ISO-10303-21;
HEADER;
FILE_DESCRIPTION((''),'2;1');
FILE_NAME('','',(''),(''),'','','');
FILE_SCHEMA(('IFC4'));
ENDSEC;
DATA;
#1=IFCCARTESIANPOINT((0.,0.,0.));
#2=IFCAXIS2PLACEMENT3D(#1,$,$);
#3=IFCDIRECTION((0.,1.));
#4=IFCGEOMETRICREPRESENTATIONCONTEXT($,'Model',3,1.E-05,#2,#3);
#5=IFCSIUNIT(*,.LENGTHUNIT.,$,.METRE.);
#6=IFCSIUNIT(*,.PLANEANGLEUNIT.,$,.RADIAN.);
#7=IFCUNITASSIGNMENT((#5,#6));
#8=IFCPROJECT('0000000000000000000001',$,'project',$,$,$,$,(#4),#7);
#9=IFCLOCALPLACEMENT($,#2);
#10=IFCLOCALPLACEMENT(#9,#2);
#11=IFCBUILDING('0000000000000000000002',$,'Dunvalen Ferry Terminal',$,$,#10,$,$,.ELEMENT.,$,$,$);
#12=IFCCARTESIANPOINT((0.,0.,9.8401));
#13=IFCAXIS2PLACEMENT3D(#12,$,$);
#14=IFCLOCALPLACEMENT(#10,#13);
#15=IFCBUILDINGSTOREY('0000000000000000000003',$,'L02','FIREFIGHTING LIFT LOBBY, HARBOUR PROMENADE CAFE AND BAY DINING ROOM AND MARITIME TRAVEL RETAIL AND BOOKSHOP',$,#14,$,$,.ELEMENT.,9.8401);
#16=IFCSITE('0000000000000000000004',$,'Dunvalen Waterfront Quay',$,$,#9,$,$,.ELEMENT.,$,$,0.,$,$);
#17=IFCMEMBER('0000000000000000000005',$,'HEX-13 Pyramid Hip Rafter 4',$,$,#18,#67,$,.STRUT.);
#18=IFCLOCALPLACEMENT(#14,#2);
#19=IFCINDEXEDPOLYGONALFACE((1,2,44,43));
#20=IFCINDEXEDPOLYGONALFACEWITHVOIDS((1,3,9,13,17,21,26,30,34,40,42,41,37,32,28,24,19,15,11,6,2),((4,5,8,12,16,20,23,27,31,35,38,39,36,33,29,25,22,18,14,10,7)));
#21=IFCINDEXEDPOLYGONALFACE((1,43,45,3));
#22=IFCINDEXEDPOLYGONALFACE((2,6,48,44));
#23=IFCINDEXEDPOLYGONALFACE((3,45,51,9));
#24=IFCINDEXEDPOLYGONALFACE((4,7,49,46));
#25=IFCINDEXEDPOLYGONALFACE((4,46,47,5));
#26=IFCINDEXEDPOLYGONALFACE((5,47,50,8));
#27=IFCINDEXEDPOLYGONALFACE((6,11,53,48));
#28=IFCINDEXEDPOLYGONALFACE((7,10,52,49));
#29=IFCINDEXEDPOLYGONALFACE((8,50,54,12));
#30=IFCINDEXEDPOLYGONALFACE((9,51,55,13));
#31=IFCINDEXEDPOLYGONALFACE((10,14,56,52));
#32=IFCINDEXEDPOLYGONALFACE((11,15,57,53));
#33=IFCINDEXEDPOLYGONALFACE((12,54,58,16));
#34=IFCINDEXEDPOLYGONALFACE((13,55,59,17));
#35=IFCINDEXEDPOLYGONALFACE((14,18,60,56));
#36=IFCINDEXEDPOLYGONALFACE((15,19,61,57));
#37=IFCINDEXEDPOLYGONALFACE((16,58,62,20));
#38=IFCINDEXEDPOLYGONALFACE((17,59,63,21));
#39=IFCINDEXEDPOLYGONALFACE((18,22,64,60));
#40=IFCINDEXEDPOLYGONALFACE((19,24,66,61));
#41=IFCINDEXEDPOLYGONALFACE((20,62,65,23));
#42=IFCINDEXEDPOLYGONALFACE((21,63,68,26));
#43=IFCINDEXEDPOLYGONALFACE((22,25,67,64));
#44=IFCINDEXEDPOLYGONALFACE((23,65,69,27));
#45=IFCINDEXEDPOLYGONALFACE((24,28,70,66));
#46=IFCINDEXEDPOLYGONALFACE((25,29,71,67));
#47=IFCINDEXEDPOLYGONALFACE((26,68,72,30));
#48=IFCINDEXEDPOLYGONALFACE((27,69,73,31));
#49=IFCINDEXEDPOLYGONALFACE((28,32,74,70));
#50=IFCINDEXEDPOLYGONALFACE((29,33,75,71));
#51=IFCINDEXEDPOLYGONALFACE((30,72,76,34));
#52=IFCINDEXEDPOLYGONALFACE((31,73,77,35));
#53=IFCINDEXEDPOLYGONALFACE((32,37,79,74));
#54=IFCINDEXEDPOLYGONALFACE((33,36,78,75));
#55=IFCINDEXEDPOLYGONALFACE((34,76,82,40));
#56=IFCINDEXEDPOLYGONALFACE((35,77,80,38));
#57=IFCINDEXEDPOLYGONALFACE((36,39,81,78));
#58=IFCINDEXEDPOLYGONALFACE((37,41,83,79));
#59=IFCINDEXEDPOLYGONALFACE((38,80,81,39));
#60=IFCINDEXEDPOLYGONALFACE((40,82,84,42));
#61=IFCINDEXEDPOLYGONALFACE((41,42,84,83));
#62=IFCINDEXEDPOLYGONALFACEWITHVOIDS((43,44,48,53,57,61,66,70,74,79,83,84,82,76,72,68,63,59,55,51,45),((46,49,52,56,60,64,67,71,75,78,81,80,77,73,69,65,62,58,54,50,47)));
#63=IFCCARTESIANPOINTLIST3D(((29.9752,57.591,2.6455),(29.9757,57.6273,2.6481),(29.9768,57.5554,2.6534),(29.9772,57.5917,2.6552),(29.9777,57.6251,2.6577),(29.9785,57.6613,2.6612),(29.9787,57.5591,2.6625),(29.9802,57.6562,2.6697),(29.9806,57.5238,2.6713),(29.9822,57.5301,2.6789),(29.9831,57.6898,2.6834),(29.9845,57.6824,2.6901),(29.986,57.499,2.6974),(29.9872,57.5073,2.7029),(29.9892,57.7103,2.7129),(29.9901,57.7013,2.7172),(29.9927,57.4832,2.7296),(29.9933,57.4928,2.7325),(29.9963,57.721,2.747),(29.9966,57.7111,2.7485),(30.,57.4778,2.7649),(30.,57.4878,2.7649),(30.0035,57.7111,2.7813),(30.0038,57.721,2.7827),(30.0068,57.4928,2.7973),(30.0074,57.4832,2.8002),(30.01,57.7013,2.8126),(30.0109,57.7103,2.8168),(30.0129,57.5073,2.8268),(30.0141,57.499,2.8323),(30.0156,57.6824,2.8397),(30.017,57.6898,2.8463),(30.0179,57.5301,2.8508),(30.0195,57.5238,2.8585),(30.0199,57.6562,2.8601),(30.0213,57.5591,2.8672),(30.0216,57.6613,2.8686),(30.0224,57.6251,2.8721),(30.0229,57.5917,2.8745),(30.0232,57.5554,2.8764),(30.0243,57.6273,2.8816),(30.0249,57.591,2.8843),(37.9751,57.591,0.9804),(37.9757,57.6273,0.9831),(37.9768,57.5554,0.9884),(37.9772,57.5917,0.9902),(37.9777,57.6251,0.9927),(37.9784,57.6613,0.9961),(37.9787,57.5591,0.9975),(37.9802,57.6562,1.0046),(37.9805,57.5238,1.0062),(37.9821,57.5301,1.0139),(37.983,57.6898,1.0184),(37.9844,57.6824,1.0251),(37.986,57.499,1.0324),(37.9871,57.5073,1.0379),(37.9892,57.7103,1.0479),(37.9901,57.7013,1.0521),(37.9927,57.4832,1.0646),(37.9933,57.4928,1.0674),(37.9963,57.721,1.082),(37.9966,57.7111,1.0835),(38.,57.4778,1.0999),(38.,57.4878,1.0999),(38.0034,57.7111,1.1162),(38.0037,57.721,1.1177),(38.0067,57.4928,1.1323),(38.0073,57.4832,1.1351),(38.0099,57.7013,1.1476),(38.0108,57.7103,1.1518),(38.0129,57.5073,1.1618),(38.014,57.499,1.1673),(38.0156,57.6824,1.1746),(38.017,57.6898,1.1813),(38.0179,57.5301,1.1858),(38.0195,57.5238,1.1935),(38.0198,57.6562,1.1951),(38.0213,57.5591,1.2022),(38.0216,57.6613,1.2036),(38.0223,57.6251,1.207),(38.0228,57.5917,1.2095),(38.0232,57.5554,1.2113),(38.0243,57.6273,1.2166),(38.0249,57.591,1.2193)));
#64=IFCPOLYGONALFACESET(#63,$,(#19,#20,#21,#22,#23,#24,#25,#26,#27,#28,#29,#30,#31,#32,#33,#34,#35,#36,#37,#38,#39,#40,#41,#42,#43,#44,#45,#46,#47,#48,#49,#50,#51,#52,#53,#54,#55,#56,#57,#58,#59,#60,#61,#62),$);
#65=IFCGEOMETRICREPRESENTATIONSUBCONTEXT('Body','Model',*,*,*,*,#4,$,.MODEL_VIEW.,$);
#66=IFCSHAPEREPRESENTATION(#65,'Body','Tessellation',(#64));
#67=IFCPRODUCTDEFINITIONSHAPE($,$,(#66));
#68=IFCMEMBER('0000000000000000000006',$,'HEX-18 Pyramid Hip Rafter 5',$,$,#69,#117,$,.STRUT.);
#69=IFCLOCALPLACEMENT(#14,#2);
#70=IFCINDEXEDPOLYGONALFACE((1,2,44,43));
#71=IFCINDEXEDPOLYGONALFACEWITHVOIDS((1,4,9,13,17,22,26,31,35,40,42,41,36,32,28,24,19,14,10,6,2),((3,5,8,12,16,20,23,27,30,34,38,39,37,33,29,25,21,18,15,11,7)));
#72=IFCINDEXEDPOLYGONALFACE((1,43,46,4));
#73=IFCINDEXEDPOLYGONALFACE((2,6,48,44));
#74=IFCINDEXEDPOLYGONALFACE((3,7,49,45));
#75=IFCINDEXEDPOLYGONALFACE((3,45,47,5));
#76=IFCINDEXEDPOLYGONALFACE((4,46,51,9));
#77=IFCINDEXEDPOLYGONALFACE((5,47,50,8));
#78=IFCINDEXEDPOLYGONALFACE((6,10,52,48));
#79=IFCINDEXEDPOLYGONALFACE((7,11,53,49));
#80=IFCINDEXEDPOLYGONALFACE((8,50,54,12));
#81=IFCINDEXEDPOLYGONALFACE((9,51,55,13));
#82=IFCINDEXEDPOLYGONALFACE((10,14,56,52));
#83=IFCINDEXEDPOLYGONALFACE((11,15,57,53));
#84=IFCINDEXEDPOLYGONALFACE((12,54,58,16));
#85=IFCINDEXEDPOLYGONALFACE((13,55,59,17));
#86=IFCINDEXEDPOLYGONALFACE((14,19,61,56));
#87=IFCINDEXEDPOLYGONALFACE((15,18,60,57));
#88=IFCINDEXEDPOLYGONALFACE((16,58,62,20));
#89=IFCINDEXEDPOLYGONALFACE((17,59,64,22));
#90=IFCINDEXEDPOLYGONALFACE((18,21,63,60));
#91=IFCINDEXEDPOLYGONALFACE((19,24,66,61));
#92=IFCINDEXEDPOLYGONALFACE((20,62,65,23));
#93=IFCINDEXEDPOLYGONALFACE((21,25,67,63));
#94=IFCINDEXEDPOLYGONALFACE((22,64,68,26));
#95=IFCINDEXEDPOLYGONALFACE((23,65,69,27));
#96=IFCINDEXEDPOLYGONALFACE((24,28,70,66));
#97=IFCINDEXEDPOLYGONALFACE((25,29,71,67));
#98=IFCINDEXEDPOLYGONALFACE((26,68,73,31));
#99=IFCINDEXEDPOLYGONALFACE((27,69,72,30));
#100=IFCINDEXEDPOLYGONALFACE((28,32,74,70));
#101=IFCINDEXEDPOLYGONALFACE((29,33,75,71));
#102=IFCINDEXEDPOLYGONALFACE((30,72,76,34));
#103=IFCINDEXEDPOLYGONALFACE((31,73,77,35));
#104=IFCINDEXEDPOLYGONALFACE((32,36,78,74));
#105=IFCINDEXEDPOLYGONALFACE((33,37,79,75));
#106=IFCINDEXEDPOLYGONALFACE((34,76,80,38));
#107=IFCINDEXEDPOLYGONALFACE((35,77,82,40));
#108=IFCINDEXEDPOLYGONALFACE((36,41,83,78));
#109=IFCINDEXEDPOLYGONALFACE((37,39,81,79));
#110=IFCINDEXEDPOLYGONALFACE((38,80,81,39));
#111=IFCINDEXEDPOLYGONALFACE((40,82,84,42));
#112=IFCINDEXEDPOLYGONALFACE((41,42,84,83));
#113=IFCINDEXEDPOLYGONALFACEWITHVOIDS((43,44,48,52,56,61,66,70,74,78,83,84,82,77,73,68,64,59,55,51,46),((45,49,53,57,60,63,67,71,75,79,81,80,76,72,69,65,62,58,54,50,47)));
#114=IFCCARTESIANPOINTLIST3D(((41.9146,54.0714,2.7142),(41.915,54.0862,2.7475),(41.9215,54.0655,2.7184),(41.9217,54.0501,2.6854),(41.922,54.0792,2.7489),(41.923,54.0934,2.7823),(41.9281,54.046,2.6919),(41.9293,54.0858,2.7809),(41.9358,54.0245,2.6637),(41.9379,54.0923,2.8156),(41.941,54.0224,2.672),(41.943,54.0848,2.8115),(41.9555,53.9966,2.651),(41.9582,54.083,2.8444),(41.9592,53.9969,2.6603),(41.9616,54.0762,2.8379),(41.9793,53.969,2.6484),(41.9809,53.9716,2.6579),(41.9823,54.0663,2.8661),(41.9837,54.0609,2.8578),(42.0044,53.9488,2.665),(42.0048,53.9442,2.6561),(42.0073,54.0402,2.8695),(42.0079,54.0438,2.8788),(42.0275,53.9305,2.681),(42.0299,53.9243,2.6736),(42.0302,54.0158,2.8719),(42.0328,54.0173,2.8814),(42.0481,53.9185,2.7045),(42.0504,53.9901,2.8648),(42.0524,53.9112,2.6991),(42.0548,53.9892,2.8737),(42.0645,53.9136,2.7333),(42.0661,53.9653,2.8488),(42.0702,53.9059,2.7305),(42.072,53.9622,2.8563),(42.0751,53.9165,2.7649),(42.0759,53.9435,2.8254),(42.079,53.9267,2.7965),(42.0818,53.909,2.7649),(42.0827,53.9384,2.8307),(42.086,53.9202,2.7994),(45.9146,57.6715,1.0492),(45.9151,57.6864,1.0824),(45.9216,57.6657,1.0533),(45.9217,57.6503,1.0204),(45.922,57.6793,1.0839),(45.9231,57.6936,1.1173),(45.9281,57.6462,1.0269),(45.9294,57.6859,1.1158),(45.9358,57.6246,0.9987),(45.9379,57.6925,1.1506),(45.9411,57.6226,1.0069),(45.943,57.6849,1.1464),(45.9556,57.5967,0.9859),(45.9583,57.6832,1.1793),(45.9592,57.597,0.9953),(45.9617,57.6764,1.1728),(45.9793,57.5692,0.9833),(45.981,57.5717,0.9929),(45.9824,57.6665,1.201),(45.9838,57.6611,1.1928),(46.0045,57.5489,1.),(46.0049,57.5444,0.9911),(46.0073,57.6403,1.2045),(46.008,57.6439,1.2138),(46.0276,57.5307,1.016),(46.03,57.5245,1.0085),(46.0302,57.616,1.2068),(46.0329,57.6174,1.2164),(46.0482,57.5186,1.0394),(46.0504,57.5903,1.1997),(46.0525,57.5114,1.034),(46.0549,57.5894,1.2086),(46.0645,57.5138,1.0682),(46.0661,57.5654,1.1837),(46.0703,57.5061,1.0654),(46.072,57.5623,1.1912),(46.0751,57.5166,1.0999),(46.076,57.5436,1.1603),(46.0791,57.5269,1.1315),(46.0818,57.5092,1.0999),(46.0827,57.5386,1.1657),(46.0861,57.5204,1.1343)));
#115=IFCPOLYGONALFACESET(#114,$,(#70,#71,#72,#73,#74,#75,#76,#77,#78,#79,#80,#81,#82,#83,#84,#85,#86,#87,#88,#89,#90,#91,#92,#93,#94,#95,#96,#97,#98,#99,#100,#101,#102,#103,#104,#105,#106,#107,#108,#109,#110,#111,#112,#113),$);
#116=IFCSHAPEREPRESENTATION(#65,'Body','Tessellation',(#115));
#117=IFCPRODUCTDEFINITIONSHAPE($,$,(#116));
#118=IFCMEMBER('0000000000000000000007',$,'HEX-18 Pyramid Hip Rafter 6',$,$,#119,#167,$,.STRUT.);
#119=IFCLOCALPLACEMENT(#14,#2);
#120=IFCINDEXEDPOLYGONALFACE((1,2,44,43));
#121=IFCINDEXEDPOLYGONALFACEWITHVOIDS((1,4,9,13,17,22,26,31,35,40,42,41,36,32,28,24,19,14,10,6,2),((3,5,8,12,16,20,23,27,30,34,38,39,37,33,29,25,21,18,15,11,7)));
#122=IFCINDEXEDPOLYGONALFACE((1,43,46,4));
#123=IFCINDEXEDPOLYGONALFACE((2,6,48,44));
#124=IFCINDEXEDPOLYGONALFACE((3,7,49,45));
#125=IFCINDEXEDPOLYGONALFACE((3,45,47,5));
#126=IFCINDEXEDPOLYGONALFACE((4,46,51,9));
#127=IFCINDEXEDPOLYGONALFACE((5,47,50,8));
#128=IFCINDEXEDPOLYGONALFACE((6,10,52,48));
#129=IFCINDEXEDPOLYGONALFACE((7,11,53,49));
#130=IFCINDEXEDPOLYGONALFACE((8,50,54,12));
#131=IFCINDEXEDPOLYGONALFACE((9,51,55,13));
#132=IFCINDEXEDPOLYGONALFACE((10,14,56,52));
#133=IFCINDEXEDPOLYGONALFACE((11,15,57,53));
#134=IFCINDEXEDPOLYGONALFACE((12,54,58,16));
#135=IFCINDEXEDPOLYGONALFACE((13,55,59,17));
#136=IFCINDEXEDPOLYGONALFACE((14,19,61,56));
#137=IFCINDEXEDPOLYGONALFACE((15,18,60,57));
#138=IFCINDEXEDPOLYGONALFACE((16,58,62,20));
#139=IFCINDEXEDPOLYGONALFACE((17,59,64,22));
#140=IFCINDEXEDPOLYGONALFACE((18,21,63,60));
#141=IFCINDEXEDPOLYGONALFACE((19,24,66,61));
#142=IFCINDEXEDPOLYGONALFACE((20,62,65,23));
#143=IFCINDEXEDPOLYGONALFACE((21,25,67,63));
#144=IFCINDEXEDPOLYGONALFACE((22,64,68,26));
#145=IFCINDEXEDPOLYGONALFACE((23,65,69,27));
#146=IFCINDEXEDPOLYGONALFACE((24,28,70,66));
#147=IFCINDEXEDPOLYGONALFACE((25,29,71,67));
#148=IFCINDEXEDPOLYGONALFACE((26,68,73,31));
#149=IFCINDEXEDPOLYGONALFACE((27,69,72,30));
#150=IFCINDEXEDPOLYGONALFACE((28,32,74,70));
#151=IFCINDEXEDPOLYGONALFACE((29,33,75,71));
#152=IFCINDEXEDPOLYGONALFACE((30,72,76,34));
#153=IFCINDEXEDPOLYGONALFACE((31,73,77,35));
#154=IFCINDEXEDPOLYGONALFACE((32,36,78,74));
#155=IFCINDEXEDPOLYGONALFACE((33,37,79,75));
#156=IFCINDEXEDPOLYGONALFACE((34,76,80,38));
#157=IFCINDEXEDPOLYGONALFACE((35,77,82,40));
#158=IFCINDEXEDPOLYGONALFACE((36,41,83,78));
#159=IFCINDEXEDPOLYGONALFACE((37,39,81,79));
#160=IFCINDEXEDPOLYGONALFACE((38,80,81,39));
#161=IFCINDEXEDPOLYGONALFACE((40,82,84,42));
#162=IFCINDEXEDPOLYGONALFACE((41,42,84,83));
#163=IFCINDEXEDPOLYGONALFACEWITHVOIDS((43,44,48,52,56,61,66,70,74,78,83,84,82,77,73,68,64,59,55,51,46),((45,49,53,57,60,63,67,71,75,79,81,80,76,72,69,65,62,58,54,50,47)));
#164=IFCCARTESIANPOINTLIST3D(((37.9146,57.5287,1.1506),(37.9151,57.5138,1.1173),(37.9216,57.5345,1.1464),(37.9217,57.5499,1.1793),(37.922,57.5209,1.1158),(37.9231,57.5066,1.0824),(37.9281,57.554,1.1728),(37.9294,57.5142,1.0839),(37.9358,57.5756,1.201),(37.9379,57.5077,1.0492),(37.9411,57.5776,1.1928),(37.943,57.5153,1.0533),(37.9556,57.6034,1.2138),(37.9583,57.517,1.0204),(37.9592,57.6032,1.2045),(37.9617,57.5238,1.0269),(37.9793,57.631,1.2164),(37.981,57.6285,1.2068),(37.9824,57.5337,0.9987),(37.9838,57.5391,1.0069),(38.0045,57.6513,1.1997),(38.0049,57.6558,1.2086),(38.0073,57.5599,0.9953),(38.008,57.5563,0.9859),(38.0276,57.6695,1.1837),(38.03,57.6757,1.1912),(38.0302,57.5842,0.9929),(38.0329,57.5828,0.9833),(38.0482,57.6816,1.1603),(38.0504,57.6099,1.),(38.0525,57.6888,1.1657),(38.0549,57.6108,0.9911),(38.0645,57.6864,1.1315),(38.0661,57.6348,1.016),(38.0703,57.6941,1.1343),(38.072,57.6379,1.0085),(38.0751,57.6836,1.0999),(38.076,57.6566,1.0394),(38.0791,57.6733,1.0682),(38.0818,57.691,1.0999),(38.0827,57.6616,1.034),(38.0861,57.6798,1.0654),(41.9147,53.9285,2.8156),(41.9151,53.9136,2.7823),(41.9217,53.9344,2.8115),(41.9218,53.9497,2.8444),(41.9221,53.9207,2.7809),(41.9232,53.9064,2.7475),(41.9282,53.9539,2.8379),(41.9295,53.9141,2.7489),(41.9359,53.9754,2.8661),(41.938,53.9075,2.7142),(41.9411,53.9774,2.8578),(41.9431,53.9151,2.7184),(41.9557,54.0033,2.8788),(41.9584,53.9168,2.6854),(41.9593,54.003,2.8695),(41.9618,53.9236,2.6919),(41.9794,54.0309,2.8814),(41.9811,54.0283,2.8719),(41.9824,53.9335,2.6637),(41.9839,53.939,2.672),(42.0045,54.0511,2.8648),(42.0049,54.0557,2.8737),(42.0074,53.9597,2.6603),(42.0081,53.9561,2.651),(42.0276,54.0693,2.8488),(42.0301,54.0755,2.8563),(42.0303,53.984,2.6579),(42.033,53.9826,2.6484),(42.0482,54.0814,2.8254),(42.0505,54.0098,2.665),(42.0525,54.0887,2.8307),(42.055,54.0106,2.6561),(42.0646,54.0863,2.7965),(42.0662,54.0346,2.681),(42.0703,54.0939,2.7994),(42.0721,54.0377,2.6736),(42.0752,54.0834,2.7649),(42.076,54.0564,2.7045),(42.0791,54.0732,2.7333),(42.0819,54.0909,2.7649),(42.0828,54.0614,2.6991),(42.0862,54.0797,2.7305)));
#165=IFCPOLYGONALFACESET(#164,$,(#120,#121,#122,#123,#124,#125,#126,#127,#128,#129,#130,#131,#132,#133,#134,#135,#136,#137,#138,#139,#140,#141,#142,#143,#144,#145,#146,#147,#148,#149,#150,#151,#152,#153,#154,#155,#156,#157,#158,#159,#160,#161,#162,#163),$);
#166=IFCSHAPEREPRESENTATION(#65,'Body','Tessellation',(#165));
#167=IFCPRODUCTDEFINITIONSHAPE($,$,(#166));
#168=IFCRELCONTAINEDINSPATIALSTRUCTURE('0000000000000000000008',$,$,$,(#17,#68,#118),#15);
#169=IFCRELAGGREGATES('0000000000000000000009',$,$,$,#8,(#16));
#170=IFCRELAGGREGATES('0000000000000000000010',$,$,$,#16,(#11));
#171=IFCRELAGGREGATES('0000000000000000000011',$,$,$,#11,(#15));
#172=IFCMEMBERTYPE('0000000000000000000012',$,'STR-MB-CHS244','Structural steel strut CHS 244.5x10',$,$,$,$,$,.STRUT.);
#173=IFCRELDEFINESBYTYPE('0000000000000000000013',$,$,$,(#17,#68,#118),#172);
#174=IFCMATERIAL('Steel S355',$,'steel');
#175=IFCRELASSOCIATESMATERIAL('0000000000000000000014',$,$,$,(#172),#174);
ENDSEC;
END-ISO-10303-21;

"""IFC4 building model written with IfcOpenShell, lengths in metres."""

from ifc_helpers import new_model, si_unit, direction, frame, origin, origin_2d, place, context, subcontext, project, spatial, hollow_circle, extrude, material, material_profile, profile_set, type_object, element, save


model = new_model("IFC4")

# Units and contexts
model_context = context("Model", 3, precision=1e-05, world=origin(), true_north=direction((0.0, 1.0)))
body_context = subcontext(model_context, "Body", "Model", "MODEL_VIEW")
ifc_project = project(units=[si_unit("LENGTHUNIT", "METRE"), si_unit("PLANEANGLEUNIT", "RADIAN")], contexts=[model_context])

# Site, building, storey
site_placement = place(None, origin())
site = spatial("IfcSite", under=ifc_project, at=site_placement, Name="Dunvalen Waterfront Quay", CompositionType="ELEMENT", RefElevation=0.0)
building_placement = place(site_placement, origin())
building = spatial("IfcBuilding", under=site, at=building_placement, Name="Dunvalen Ferry Terminal", CompositionType="ELEMENT")
storey_placement = place(building_placement, frame((0.0, 0.0, 9.8401)))
storey = spatial("IfcBuildingStorey", under=building, at=storey_placement, Name="L02", Description="FIREFIGHTING LIFT LOBBY, HARBOUR PROMENADE CAFE AND BAY DINING ROOM AND MARITIME TRAVEL RETAIL AND BOOKSHOP", CompositionType="ELEMENT", Elevation=9.8401)

# Shared definitions
ifc_material_1 = material(Name="Steel S355", Category="steel")

# Members
ifc_material_profile_1 = material_profile(ifc_material_1, hollow_circle(Radius=0.1223, WallThickness=0.01, at=origin_2d()), Name="Steel S355")
ifc_profile_set_1 = profile_set([ifc_material_profile_1], Name="Steel S355")
member_type_1 = type_object("IfcMemberType", Name="STR-MB-CHS244", Description="Structural steel strut CHS 244.5x10", PredefinedType="STRUT", material=ifc_profile_set_1)
member_1_placement = place(storey_placement, frame((38.0, 57.6001, 1.0999), z_axis=(-0.97902, 0.0, 0.203763), x_axis=(0.0, -1.0, 0.0)))
element("IfcMember", 1, at=member_1_placement, inside=storey, type_object=member_type_1, Name="HEX-13 Pyramid Hip Rafter 4", PredefinedType="STRUT", context=body_context, shape_type="SweptSolid", body=[
    extrude(hollow_circle(Radius=0.1223, WallThickness=0.01, at=origin_2d()), origin(), (0.0, 0.0, 1.0), 8.1714),
])
for number, where, z_axis, x_axis, name in (
    (2, (46.0, 57.6001, 1.0999), (-0.710075, -0.639085, 0.295576), (0.668975, -0.743285, 0.0), "HEX-18 Pyramid Hip Rafter 5"),
    (3, (38.0, 57.6001, 1.0999), (0.710075, -0.639085, 0.295576), (0.668975, 0.743285, 0.0), "HEX-18 Pyramid Hip Rafter 6"),
):
    element("IfcMember", number, at=place(storey_placement, frame(where, z_axis=z_axis, x_axis=x_axis)), inside=storey, type_object=member_type_1, Name=name, PredefinedType="STRUT", context=body_context, shape_type="SweptSolid", body=[
        extrude(hollow_circle(Radius=0.1223, WallThickness=0.01, at=origin_2d()), origin(), (0.0, 0.0, 1.0), 5.6333),
    ])

save(model, "model.ifc")
